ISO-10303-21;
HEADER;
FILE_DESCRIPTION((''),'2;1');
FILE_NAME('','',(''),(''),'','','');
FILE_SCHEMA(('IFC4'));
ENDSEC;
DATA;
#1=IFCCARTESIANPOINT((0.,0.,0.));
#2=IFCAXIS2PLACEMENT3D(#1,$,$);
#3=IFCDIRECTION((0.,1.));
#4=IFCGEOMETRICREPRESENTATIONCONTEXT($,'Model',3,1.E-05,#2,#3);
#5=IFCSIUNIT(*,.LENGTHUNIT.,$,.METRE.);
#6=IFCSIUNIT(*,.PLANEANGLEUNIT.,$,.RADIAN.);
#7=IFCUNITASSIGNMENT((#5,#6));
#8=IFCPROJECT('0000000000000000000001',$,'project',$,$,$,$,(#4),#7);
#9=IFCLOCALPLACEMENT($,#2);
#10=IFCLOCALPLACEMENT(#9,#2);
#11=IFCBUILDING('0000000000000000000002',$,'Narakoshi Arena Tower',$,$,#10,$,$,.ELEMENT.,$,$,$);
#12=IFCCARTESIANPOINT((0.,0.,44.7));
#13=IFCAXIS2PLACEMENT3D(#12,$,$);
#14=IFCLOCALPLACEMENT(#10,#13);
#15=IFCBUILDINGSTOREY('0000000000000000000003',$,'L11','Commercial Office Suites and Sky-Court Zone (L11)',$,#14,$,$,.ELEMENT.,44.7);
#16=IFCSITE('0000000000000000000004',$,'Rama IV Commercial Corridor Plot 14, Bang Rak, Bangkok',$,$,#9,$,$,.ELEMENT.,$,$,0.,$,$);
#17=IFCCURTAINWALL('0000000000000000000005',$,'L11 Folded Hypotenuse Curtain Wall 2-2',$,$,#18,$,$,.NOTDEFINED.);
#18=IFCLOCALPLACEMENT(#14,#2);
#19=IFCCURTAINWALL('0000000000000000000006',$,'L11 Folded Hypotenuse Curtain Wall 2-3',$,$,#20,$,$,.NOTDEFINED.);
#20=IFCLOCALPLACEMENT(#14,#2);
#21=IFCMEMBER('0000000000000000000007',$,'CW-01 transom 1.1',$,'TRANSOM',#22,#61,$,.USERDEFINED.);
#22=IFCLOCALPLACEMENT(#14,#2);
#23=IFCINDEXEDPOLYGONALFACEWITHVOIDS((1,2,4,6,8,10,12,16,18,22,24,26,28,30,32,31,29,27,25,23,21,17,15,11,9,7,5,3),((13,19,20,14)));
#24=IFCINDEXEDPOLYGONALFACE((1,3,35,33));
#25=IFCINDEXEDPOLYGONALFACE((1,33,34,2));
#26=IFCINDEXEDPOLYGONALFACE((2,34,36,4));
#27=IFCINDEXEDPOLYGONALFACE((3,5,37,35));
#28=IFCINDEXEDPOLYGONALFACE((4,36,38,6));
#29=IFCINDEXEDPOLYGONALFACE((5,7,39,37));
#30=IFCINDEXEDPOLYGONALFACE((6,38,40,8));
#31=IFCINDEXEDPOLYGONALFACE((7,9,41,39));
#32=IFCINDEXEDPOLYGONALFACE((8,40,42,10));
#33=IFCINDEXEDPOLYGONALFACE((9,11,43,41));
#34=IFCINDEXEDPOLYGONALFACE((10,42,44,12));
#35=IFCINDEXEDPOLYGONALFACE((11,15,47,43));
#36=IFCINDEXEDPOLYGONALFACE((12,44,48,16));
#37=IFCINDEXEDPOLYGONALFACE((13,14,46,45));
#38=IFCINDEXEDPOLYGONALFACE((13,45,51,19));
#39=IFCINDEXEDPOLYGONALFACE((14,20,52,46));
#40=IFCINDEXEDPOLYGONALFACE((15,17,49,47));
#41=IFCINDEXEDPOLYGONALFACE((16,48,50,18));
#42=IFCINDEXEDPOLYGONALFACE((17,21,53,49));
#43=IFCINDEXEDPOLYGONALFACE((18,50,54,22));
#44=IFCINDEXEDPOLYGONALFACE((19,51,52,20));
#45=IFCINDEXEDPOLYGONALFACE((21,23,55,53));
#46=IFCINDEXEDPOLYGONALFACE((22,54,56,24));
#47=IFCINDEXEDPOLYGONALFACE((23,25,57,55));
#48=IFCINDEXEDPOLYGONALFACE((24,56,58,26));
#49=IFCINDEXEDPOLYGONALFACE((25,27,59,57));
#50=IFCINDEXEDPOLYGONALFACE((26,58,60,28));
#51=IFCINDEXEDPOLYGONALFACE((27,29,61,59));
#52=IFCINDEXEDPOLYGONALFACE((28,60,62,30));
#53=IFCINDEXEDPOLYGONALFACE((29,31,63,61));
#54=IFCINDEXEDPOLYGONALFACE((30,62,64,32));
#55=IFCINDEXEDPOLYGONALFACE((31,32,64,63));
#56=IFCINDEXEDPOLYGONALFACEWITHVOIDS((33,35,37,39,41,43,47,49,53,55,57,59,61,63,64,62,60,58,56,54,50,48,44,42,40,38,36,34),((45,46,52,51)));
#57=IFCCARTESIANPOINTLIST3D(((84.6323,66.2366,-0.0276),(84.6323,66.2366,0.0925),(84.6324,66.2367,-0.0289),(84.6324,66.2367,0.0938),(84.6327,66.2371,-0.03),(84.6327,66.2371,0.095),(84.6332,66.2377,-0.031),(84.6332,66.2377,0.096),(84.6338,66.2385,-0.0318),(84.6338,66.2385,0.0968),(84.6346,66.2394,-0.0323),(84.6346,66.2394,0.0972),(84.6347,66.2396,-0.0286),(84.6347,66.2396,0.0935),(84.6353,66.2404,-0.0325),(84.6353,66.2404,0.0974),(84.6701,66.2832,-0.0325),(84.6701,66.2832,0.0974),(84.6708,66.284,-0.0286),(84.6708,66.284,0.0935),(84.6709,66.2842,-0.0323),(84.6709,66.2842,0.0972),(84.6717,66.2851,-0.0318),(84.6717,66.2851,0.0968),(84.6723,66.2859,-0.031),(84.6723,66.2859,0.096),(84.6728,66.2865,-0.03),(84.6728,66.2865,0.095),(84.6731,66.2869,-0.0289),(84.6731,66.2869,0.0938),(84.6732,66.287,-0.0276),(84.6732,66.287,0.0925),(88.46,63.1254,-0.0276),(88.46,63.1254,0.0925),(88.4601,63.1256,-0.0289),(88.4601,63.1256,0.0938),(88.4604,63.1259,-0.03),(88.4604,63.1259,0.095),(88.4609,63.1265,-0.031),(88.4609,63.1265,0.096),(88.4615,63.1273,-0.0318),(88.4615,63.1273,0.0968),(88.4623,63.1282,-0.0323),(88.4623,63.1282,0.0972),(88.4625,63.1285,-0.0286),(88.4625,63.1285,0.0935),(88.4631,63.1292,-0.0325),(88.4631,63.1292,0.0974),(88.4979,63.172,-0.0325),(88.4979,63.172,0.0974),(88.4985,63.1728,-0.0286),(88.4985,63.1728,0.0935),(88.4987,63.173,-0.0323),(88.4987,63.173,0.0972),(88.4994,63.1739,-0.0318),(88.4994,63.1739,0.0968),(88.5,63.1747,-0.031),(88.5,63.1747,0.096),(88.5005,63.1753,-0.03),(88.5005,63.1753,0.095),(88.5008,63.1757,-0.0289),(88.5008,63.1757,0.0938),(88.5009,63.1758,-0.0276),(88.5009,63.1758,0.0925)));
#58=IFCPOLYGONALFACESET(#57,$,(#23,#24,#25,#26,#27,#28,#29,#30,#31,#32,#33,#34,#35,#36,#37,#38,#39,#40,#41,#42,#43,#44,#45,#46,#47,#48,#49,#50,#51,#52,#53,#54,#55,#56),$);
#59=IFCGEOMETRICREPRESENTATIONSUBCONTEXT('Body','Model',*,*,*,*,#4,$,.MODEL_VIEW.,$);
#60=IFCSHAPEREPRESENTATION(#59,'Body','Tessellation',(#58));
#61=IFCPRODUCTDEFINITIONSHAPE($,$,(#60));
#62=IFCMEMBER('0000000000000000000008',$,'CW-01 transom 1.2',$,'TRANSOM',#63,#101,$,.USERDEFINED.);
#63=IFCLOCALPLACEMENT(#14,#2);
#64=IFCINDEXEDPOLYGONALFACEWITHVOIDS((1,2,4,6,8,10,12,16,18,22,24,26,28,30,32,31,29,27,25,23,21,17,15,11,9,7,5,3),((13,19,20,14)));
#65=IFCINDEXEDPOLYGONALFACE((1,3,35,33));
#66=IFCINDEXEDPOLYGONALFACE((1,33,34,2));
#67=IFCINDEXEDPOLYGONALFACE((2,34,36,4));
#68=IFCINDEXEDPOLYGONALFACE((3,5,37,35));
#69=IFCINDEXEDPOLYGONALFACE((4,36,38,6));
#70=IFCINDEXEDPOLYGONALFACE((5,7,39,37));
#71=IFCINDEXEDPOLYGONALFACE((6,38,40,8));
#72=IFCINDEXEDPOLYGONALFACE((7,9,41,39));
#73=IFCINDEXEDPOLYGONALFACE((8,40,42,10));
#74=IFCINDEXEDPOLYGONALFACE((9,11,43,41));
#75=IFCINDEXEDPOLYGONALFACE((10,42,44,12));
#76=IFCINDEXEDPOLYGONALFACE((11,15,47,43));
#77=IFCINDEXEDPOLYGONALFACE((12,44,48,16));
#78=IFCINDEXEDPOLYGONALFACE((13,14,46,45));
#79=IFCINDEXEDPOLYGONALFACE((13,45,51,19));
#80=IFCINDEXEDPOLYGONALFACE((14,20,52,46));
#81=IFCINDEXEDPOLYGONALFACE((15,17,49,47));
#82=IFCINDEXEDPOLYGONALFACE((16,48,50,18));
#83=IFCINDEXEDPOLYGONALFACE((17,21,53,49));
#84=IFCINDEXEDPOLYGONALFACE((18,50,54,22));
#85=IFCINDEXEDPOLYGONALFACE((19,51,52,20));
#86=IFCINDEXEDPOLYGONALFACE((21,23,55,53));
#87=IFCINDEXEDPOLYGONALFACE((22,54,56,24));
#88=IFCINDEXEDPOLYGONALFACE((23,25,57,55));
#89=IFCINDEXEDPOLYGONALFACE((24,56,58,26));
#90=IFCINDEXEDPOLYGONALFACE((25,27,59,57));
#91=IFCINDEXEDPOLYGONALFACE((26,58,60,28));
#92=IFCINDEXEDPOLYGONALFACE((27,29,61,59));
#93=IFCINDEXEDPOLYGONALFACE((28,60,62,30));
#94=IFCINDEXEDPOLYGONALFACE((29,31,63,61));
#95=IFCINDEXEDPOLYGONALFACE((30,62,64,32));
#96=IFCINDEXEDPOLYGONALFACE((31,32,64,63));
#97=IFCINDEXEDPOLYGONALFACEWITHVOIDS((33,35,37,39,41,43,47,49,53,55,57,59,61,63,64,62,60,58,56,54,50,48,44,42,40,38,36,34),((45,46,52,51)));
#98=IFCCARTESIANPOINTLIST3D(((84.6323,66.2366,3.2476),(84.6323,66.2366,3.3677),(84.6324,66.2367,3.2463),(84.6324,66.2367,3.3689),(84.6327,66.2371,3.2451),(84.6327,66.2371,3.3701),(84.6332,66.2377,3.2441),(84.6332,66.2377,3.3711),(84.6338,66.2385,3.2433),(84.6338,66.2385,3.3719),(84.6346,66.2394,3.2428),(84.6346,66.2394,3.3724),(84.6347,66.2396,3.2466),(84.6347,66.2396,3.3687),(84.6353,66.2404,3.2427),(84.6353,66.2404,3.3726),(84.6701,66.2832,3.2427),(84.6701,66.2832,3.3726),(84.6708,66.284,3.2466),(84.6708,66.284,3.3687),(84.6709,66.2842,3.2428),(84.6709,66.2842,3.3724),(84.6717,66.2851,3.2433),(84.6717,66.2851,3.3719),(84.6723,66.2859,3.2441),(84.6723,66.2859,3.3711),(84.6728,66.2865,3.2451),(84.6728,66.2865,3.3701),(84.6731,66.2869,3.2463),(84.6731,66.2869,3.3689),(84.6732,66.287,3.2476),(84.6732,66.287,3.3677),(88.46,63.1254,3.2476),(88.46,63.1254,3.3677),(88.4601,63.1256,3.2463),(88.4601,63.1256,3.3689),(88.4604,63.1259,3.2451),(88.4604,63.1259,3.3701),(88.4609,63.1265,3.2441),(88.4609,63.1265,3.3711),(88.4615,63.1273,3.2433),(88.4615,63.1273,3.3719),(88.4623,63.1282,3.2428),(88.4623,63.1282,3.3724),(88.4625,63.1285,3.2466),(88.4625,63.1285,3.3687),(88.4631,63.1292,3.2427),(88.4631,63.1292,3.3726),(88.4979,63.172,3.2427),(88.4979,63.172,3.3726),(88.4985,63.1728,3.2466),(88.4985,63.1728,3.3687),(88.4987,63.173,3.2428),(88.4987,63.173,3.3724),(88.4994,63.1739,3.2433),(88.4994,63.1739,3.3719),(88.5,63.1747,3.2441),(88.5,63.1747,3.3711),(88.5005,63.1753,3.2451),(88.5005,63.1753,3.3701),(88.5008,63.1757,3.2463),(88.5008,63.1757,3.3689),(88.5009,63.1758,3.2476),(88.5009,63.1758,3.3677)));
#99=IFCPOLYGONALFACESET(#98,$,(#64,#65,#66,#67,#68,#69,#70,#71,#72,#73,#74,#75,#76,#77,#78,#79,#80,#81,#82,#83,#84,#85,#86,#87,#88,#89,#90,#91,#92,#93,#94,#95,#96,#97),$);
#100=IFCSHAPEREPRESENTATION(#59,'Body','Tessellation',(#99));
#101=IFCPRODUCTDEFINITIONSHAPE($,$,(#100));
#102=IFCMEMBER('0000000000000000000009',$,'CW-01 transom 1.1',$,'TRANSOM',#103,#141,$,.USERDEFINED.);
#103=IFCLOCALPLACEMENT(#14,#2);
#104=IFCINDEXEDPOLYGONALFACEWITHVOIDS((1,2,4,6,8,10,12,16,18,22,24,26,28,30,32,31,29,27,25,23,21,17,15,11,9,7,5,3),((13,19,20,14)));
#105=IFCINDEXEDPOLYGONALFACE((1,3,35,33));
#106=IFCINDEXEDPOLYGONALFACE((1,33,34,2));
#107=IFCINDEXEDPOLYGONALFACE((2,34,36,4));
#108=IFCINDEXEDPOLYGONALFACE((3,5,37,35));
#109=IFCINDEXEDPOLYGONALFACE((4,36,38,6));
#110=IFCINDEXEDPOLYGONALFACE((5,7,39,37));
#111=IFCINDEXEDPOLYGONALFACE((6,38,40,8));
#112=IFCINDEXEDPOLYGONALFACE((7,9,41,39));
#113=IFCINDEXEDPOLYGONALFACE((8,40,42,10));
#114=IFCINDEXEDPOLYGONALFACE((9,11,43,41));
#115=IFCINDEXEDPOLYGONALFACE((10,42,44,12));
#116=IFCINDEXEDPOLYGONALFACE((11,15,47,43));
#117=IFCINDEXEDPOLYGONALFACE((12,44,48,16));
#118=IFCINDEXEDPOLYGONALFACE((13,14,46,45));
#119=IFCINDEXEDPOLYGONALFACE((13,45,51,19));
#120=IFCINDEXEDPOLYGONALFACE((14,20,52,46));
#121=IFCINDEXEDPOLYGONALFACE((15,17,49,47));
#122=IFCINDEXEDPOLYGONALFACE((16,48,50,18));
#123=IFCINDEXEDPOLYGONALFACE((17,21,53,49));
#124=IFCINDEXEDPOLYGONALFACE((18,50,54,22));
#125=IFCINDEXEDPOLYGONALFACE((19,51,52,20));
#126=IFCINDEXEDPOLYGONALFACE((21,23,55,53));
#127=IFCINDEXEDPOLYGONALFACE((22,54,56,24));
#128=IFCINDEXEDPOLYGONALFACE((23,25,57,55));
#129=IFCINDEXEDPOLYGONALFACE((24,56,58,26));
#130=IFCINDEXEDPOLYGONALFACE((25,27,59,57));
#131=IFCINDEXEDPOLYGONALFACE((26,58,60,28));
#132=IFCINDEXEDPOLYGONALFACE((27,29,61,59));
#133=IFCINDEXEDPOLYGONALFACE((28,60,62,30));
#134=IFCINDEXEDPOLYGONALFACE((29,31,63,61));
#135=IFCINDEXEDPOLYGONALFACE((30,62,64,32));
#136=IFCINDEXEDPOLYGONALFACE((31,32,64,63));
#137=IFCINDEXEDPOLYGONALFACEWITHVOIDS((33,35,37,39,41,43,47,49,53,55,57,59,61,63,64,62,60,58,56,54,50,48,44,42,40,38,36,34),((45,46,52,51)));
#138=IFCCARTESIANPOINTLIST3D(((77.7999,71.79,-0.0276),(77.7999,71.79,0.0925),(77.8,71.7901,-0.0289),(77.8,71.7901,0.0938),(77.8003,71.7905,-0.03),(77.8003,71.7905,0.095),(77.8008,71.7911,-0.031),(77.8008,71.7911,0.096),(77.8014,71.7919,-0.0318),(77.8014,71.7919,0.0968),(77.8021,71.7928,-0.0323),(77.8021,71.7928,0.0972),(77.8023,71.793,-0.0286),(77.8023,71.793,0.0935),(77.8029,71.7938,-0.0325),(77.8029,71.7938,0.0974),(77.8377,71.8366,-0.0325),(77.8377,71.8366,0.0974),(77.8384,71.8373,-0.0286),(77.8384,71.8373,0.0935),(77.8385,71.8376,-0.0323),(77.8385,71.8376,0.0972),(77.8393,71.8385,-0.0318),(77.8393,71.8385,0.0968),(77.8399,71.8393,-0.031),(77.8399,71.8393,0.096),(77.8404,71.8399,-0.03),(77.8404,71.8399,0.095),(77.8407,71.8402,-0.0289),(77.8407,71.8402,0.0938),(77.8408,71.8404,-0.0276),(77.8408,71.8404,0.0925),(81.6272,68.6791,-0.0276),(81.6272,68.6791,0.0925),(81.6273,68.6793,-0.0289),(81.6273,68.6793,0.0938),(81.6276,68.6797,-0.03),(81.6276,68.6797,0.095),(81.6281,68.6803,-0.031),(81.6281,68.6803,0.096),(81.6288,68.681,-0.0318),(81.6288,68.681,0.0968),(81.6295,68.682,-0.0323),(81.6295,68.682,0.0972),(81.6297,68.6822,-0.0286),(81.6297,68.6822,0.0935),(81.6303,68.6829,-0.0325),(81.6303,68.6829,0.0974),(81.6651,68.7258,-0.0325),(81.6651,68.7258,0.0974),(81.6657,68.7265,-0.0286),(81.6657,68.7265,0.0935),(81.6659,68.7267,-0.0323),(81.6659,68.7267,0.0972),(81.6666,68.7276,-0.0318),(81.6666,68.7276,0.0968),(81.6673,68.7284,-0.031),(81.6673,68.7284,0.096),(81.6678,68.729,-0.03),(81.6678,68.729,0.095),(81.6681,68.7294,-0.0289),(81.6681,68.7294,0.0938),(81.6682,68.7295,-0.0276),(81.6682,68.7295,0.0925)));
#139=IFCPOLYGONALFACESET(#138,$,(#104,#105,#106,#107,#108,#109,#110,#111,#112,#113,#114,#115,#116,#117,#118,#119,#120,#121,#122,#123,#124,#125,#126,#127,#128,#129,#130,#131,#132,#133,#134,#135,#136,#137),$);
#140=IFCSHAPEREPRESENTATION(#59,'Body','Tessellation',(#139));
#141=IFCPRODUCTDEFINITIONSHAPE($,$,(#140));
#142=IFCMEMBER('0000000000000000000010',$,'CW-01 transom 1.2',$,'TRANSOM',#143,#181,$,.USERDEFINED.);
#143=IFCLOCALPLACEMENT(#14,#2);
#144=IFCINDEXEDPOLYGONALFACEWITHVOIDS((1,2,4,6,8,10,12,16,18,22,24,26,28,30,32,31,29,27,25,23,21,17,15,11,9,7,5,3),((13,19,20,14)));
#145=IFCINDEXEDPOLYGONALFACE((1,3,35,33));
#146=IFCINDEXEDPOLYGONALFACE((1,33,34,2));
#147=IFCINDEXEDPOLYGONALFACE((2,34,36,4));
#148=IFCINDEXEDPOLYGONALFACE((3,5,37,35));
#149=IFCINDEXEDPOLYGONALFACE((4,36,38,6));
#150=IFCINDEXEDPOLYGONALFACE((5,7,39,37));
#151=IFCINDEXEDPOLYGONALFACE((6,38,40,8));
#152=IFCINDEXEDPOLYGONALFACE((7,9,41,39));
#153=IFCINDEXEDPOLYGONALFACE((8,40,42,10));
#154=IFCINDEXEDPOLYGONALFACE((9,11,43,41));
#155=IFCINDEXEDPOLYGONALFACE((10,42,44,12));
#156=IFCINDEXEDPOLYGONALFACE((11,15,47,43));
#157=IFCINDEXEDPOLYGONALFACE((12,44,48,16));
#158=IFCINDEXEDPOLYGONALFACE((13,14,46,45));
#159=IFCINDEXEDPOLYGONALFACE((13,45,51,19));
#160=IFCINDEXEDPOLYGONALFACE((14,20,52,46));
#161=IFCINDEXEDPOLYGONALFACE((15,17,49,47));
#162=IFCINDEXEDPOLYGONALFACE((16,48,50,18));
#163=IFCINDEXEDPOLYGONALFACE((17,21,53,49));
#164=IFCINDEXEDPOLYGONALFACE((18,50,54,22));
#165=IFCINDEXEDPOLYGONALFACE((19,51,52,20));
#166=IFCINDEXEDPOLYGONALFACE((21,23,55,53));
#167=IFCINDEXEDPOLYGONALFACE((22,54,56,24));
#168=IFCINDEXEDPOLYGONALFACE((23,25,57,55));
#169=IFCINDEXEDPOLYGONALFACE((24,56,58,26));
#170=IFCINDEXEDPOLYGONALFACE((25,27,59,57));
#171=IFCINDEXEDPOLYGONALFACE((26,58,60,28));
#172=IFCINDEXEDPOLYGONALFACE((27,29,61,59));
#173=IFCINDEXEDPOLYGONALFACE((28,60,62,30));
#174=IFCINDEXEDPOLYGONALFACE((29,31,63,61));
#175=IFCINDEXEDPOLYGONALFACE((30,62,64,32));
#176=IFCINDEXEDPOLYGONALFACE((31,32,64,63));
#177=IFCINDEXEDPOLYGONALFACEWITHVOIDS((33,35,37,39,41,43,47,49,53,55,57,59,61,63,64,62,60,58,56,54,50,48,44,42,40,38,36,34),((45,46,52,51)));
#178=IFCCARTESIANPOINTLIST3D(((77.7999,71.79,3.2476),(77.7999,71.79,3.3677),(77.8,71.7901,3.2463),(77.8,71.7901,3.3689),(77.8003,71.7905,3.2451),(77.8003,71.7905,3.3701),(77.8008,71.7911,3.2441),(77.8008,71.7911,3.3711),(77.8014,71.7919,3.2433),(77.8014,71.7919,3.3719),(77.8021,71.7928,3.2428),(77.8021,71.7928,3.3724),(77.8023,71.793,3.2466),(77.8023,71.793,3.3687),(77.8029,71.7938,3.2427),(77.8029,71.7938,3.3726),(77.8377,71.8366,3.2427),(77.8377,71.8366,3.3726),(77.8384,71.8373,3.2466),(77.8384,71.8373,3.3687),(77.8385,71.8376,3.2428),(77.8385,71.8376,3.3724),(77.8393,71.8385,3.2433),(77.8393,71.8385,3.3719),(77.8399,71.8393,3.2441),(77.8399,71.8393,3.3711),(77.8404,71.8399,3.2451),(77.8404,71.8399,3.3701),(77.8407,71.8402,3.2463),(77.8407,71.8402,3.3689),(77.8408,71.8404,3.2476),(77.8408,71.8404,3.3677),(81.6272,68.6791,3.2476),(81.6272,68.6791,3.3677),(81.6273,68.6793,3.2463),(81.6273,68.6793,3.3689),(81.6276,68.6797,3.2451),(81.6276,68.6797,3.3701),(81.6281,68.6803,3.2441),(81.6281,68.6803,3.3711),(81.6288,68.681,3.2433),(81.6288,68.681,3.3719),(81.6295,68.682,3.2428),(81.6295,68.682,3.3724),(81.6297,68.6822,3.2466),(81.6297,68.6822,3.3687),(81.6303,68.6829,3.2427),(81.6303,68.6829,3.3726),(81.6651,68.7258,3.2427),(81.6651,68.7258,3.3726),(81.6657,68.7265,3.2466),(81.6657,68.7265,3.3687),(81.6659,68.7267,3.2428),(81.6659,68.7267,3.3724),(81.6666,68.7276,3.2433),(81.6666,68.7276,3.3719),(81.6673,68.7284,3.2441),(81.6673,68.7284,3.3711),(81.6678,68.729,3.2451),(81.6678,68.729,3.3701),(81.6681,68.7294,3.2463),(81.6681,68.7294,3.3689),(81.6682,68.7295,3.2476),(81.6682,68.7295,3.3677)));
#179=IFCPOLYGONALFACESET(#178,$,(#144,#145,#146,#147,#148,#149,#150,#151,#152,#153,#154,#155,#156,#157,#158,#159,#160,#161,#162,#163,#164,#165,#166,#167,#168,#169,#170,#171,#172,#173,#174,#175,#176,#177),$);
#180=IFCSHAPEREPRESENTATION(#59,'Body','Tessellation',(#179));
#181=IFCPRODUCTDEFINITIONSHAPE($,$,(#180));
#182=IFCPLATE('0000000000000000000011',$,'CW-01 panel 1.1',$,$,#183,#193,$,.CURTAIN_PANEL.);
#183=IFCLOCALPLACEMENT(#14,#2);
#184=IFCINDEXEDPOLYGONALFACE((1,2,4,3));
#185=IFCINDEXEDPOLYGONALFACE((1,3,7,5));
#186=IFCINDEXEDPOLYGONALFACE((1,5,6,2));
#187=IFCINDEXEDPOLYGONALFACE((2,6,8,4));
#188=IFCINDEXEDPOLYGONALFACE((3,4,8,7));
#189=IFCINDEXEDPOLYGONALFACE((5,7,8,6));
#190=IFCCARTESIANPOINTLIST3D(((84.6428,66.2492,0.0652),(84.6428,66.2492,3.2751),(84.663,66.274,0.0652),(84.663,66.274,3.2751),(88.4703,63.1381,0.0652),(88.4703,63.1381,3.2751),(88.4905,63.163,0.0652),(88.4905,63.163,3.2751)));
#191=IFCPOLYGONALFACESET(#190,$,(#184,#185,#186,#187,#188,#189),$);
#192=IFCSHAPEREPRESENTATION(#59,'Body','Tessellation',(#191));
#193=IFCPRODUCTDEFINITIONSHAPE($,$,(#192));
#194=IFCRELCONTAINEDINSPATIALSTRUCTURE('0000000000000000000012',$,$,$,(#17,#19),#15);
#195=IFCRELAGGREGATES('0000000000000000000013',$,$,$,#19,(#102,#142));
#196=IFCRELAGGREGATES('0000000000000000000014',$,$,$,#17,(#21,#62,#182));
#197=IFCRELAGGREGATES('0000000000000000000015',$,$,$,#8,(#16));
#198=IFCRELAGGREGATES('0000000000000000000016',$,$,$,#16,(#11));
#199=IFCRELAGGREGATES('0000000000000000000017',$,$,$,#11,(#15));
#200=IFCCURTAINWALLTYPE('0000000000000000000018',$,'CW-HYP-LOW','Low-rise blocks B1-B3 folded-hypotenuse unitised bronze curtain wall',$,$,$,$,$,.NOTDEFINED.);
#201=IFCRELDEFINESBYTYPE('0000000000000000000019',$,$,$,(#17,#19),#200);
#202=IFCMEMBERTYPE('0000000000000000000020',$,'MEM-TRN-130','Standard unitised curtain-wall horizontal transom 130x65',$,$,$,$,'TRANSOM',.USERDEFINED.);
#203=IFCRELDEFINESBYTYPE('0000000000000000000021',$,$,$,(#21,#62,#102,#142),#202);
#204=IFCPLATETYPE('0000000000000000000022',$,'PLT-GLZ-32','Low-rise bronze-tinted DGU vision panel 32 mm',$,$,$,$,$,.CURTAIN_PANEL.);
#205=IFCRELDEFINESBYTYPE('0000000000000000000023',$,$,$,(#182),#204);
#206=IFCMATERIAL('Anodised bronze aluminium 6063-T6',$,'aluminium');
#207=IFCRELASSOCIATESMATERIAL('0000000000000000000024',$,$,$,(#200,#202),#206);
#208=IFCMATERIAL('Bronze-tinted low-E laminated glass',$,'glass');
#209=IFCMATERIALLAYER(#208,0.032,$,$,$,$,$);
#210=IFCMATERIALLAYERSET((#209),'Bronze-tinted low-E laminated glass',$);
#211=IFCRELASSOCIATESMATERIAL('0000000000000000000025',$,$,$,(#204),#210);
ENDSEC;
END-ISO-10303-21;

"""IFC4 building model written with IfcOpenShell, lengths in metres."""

from ifc_helpers import new_model, si_unit, direction, frame, origin, origin_2d, place, context, subcontext, project, spatial, rectangle, hollow_rectangle, extrude, material, layer, layer_set, material_profile, profile_set, type_object, element, aggregate, save


model = new_model("IFC4")

# Units and contexts
model_context = context("Model", 3, precision=1e-05, world=origin(), true_north=direction((0.0, 1.0)))
body_context = subcontext(model_context, "Body", "Model", "MODEL_VIEW")
ifc_project = project(units=[si_unit("LENGTHUNIT", "METRE"), si_unit("PLANEANGLEUNIT", "RADIAN")], contexts=[model_context])

# Site, building, storey
site_placement = place(None, origin())
site = spatial("IfcSite", under=ifc_project, at=site_placement, Name="Rama IV Commercial Corridor Plot 14, Bang Rak, Bangkok", CompositionType="ELEMENT", RefElevation=0.0)
building_placement = place(site_placement, origin())
building = spatial("IfcBuilding", under=site, at=building_placement, Name="Narakoshi Arena Tower", CompositionType="ELEMENT")
storey_placement = place(building_placement, frame((0.0, 0.0, 44.7)))
storey = spatial("IfcBuildingStorey", under=building, at=storey_placement, Name="L11", Description="Commercial Office Suites and Sky-Court Zone (L11)", CompositionType="ELEMENT", Elevation=44.7)

# Curtain walls
ifc_material_1 = material(Name="Anodised bronze aluminium 6063-T6", Category="aluminium")
curtain_wall_type = type_object("IfcCurtainWallType", Name="CW-HYP-LOW", Description="Low-rise blocks B1-B3 folded-hypotenuse unitised bronze curtain wall", PredefinedType="NOTDEFINED", material=ifc_material_1)
curtain_wall_1_placement = place(storey_placement, origin())
curtain_wall_1 = element("IfcCurtainWall", 1, at=curtain_wall_1_placement, inside=storey, type_object=curtain_wall_type, Name="L11 Folded Hypotenuse Curtain Wall 2-2", PredefinedType="NOTDEFINED")
curtain_wall_2_placement = place(storey_placement, origin())
curtain_wall_2 = element("IfcCurtainWall", 2, at=curtain_wall_2_placement, inside=storey, type_object=curtain_wall_type, Name="L11 Folded Hypotenuse Curtain Wall 2-3", PredefinedType="NOTDEFINED")

# Members
ifc_material_profile_1 = material_profile(ifc_material_1, hollow_rectangle(XDim=0.0649, YDim=0.1299, WallThickness=0.0039, OuterFilletRadius=0.0049, at=origin_2d()), Name="TRN130x65x4")
ifc_profile_set_1 = profile_set([ifc_material_profile_1], Name="Anodised bronze aluminium 6063-T6")
member_type_1 = type_object("IfcMemberType", Name="MEM-TRN-130", Description="Standard unitised curtain-wall horizontal transom 130x65", ElementType="TRANSOM", PredefinedType="USERDEFINED", material=ifc_profile_set_1)
member_1_placement = place(storey_placement, frame((88.4805, 63.1506, 0.0325), z_axis=(-0.776002, 0.630731, 0.0), x_axis=(-0.630731, -0.776002, 0.0)))
member_1 = element("IfcMember", 3, at=member_1_placement, type_object=member_type_1, Name="CW-01 transom 1.1", ObjectType="TRANSOM", PredefinedType="USERDEFINED", context=body_context, shape_type="SweptSolid", body=[
    extrude(hollow_rectangle(XDim=0.0649, YDim=0.1299, WallThickness=0.0039, OuterFilletRadius=0.0049, at=origin_2d()), origin(), (0.0, 0.0, 1.0), 4.9326),
])
member_2_placement = place(storey_placement, frame((88.4805, 63.1506, 3.3076), z_axis=(-0.776002, 0.630731, 0.0), x_axis=(-0.630731, -0.776002, 0.0)))
member_2 = element("IfcMember", 4, at=member_2_placement, type_object=member_type_1, Name="CW-01 transom 1.2", ObjectType="TRANSOM", PredefinedType="USERDEFINED", context=body_context, shape_type="SweptSolid", body=[
    extrude(hollow_rectangle(XDim=0.0649, YDim=0.1299, WallThickness=0.0039, OuterFilletRadius=0.0049, at=origin_2d()), origin(), (0.0, 0.0, 1.0), 4.9326),
])
member_3_placement = place(storey_placement, frame((81.6477, 68.7043, 0.0325), z_axis=(-0.776006, 0.630725, 0.0), x_axis=(-0.630725, -0.776006, 0.0)))
member_3 = element("IfcMember", 5, at=member_3_placement, type_object=member_type_1, Name="CW-01 transom 1.1", ObjectType="TRANSOM", PredefinedType="USERDEFINED", context=body_context, shape_type="SweptSolid", body=[
    extrude(hollow_rectangle(XDim=0.0649, YDim=0.1299, WallThickness=0.0039, OuterFilletRadius=0.0049, at=origin_2d()), origin(), (0.0, 0.0, 1.0), 4.9321),
])
member_4_placement = place(storey_placement, frame((81.6477, 68.7043, 3.3076), z_axis=(-0.776006, 0.630725, 0.0), x_axis=(-0.630725, -0.776006, 0.0)))
member_4 = element("IfcMember", 6, at=member_4_placement, type_object=member_type_1, Name="CW-01 transom 1.2", ObjectType="TRANSOM", PredefinedType="USERDEFINED", context=body_context, shape_type="SweptSolid", body=[
    extrude(hollow_rectangle(XDim=0.0649, YDim=0.1299, WallThickness=0.0039, OuterFilletRadius=0.0049, at=origin_2d()), origin(), (0.0, 0.0, 1.0), 4.9321),
])
aggregate(curtain_wall_2, [member_3, member_4])

# Plate
ifc_material_2 = material(Name="Bronze-tinted low-E laminated glass", Category="glass")
ifc_layer_1 = layer(ifc_material_2, 0.032)
ifc_layer_set_1 = layer_set([ifc_layer_1], Name="Bronze-tinted low-E laminated glass")
plate_type = type_object("IfcPlateType", Name="PLT-GLZ-32", Description="Low-rise bronze-tinted DGU vision panel 32 mm", PredefinedType="CURTAIN_PANEL", material=ifc_layer_set_1)
plate_placement = place(storey_placement, frame((86.5667, 64.7061, 0.0652), z_axis=(0.0, 0.0, 1.0), x_axis=(-0.775998, 0.630735, 0.0)))
plate = element("IfcPlate", 7, at=plate_placement, type_object=plate_type, Name="CW-01 panel 1.1", PredefinedType="CURTAIN_PANEL", context=body_context, shape_type="SweptSolid", body=[
    extrude(rectangle(XDim=4.9324, YDim=0.032, at=origin_2d()), origin(), (0.0, 0.0, 1.0), 3.21),
])
aggregate(curtain_wall_1, [member_1, member_2, plate])

save(model, "model.ifc")
